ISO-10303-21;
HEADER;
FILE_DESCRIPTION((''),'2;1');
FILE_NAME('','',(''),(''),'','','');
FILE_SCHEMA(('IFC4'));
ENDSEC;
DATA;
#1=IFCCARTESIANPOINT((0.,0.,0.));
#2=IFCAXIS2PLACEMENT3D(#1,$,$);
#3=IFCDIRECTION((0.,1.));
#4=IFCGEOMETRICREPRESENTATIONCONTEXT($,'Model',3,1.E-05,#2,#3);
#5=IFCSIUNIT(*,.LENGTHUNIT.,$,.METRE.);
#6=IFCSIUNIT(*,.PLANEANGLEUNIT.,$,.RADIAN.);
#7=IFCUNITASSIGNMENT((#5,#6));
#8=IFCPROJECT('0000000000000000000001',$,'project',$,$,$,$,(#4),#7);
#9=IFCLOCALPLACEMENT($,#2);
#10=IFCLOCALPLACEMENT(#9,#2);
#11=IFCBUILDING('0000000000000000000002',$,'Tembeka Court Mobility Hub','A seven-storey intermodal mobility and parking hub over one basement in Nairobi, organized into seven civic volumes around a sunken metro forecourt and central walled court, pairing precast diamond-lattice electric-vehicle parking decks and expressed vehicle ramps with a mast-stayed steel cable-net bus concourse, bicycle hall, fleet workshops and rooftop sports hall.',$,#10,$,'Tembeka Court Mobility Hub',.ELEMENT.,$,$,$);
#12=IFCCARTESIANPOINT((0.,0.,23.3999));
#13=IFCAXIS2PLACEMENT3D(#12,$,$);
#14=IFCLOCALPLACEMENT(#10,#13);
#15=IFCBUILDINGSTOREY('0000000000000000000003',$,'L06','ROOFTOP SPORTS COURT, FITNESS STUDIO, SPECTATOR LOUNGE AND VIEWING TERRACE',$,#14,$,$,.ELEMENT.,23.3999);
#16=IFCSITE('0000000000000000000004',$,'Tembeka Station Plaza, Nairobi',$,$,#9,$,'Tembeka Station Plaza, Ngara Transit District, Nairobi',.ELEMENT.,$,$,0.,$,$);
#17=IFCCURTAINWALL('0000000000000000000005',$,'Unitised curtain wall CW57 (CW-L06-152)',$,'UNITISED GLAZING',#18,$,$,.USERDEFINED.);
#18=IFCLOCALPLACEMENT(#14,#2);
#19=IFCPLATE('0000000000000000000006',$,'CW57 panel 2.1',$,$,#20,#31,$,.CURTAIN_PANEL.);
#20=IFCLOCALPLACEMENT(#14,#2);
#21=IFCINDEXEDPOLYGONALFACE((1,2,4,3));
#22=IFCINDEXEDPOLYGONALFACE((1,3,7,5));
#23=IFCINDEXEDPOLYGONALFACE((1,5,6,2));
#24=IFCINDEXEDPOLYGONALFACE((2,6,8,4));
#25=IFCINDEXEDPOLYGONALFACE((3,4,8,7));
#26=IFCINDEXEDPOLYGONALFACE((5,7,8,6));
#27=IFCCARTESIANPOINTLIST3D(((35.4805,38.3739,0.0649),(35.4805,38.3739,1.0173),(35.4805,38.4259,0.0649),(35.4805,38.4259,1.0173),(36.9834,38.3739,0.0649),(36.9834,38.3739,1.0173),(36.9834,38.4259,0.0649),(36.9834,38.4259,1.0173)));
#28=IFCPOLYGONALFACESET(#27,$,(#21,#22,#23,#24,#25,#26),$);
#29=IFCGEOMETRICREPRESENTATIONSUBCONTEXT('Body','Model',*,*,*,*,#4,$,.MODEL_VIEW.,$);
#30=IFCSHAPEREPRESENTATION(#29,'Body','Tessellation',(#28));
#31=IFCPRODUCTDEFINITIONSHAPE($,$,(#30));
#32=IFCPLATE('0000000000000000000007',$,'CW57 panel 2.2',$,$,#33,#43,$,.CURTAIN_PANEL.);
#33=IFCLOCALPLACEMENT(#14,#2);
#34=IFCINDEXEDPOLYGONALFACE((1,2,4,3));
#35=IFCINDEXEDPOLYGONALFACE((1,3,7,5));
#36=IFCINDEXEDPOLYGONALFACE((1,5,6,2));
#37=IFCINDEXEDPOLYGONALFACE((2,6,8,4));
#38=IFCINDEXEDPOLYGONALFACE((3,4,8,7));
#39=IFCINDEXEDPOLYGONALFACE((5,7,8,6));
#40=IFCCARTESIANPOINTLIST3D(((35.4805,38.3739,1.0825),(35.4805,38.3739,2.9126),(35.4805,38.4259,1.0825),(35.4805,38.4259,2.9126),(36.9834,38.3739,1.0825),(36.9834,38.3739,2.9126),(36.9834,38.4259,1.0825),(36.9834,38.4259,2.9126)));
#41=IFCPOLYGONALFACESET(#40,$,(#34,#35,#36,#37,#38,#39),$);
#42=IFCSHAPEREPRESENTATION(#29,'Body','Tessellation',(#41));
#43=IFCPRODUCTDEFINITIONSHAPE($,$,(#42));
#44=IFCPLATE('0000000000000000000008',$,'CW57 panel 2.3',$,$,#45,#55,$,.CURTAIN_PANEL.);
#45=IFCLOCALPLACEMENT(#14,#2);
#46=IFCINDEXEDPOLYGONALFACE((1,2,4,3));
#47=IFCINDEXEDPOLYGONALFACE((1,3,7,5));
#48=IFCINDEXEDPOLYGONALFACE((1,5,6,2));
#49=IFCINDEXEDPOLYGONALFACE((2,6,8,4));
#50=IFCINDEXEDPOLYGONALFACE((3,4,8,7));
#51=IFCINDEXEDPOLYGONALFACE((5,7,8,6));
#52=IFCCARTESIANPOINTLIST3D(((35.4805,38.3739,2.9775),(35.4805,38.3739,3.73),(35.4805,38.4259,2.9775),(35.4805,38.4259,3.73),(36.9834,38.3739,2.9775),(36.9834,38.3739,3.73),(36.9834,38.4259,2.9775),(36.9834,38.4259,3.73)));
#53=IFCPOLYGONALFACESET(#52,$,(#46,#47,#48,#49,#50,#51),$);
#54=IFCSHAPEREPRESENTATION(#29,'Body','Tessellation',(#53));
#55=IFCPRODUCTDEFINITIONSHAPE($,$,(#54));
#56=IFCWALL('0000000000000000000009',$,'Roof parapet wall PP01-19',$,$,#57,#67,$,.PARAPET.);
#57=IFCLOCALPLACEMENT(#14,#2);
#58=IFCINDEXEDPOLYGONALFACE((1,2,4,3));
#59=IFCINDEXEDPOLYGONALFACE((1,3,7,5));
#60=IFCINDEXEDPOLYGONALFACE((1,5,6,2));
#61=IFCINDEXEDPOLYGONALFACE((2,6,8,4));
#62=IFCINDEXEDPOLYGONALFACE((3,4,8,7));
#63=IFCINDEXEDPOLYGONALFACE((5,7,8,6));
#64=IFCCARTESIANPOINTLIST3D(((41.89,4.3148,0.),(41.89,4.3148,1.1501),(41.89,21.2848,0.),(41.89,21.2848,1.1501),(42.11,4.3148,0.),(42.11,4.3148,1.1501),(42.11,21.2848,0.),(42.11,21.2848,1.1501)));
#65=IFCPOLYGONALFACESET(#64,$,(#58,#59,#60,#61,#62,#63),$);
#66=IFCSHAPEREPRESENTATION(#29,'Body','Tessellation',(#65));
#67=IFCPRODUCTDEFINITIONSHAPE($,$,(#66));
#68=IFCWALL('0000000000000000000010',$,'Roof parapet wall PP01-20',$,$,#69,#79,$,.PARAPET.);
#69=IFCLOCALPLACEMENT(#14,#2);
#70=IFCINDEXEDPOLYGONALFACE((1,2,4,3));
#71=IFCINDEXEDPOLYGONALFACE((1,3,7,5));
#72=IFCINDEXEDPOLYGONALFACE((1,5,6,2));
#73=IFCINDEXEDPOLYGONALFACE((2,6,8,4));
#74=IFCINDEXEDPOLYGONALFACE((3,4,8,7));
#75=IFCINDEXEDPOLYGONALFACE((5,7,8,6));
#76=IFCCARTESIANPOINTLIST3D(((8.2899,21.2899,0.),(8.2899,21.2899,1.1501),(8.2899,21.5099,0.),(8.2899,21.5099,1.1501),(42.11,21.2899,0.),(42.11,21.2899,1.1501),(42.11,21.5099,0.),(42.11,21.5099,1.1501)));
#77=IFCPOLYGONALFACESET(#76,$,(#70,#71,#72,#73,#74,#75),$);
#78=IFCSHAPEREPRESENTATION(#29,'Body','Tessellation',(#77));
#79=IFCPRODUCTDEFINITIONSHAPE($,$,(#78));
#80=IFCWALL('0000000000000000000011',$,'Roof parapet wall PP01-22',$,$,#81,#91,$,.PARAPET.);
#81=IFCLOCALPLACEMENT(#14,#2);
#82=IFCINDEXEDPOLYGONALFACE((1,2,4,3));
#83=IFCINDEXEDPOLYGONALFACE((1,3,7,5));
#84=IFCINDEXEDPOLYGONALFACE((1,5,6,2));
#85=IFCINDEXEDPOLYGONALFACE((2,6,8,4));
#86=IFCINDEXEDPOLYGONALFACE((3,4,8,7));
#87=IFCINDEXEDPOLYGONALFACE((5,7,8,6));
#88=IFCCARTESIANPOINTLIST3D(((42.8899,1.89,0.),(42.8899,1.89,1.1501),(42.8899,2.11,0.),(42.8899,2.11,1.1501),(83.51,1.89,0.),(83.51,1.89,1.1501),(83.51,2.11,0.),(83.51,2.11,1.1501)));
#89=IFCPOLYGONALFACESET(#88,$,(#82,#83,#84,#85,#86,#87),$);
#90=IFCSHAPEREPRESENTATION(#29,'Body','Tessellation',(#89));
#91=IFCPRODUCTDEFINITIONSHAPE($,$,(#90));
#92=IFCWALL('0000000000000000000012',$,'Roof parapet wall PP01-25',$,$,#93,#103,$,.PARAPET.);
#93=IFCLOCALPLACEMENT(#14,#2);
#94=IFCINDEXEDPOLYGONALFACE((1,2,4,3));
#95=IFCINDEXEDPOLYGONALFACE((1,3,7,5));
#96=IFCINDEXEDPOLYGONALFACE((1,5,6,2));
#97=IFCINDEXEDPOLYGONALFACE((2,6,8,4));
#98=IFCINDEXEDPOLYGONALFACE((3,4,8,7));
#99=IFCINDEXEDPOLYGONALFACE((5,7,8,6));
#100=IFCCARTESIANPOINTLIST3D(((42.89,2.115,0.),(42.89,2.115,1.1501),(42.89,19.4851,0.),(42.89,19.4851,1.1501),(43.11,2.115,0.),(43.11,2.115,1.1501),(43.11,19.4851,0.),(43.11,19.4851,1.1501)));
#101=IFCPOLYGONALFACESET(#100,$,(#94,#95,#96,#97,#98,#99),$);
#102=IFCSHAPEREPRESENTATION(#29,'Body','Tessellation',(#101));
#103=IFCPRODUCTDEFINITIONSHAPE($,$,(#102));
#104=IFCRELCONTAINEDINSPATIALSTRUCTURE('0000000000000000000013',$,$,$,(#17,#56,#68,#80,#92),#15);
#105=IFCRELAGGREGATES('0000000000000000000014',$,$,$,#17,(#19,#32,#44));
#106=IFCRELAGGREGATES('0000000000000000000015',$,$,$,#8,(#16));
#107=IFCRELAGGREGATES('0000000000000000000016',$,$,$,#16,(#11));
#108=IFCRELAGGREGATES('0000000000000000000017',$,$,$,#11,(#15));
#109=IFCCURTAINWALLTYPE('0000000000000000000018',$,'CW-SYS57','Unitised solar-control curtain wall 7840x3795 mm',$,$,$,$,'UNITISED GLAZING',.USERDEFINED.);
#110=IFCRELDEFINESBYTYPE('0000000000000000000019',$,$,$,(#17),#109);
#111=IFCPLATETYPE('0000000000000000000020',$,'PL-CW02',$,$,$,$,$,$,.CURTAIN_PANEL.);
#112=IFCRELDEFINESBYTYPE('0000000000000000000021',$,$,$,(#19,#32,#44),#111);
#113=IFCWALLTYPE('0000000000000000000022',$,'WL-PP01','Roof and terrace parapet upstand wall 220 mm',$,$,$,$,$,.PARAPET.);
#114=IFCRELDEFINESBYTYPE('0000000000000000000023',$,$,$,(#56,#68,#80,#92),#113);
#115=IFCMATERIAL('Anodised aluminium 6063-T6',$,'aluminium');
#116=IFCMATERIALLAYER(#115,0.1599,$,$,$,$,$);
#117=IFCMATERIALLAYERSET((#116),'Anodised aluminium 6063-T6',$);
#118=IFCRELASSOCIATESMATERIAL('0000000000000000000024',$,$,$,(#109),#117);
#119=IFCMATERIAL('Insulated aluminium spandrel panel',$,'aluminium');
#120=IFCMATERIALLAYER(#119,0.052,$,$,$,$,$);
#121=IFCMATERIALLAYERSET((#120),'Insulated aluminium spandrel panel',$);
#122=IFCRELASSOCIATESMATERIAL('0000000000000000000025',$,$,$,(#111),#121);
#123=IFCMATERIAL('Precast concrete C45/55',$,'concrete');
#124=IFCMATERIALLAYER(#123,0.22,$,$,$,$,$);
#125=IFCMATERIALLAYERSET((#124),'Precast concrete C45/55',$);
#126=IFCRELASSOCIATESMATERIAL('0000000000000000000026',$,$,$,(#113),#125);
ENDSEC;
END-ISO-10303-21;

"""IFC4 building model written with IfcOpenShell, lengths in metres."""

from ifc_helpers import new_model, si_unit, direction, frame, frame_2d, origin, origin_2d, place, context, subcontext, project, spatial, rectangle, extrude, material, layer, layer_set, type_object, element, aggregate, save


model = new_model("IFC4")

# Units and contexts
model_context = context("Model", 3, precision=1e-05, world=origin(), true_north=direction((0.0, 1.0)))
body_context = subcontext(model_context, "Body", "Model", "MODEL_VIEW")
ifc_project = project(units=[si_unit("LENGTHUNIT", "METRE"), si_unit("PLANEANGLEUNIT", "RADIAN")], contexts=[model_context])

# Site, building, storey
site_placement = place(None, origin())
site = spatial("IfcSite", under=ifc_project, at=site_placement, Name="Tembeka Station Plaza, Nairobi", LongName="Tembeka Station Plaza, Ngara Transit District, Nairobi", CompositionType="ELEMENT", RefElevation=0.0)
building_placement = place(site_placement, origin())
building = spatial("IfcBuilding", under=site, at=building_placement, Name="Tembeka Court Mobility Hub", Description="A seven-storey intermodal mobility and parking hub over one basement in Nairobi, organized into seven civic volumes around a sunken metro forecourt and central walled court, pairing precast diamond-lattice electric-vehicle parking decks and expressed vehicle ramps with a mast-stayed steel cable-net bus concourse, bicycle hall, fleet workshops and rooftop sports hall.", LongName="Tembeka Court Mobility Hub", CompositionType="ELEMENT")
storey_placement = place(building_placement, frame((0.0, 0.0, 23.3999)))
storey = spatial("IfcBuildingStorey", under=building, at=storey_placement, Name="L06", Description="ROOFTOP SPORTS COURT, FITNESS STUDIO, SPECTATOR LOUNGE AND VIEWING TERRACE", CompositionType="ELEMENT", Elevation=23.3999)

# Shared definitions
ifc_material_1 = material(Name="Precast concrete C45/55", Category="concrete")

# Curtain wall, plates
ifc_material_2 = material(Name="Anodised aluminium 6063-T6", Category="aluminium")
ifc_layer_1 = layer(ifc_material_2, 0.1599)
ifc_layer_set_1 = layer_set([ifc_layer_1], Name="Anodised aluminium 6063-T6")
curtain_wall_type = type_object("IfcCurtainWallType", Name="CW-SYS57", Description="Unitised solar-control curtain wall 7840x3795 mm", ElementType="UNITISED GLAZING", PredefinedType="USERDEFINED", material=ifc_layer_set_1)
curtain_wall_placement = place(storey_placement, origin())
curtain_wall = element("IfcCurtainWall", 1, at=curtain_wall_placement, inside=storey, type_object=curtain_wall_type, Name="Unitised curtain wall CW57 (CW-L06-152)", ObjectType="UNITISED GLAZING", PredefinedType="USERDEFINED")
ifc_material_3 = material(Name="Insulated aluminium spandrel panel", Category="aluminium")
ifc_layer_2 = layer(ifc_material_3, 0.052)
ifc_layer_set_2 = layer_set([ifc_layer_2], Name="Insulated aluminium spandrel panel")
plate_type = type_object("IfcPlateType", Name="PL-CW02", PredefinedType="CURTAIN_PANEL", material=ifc_layer_set_2)
plate_1_placement = place(storey_placement, frame((36.2319, 38.3999, 0.0649), z_axis=(0.0, 0.0, 1.0), x_axis=(1.0, 0.0, 0.0)))
plate_1 = element("IfcPlate", 2, at=plate_1_placement, type_object=plate_type, Name="CW57 panel 2.1", PredefinedType="CURTAIN_PANEL", context=body_context, shape_type="SweptSolid", body=[
    extrude(rectangle(XDim=1.5029, YDim=0.052, at=origin_2d()), origin(), (0.0, 0.0, 1.0), 0.9524),
])
plate_2_placement = place(storey_placement, frame((36.2319, 38.3999, 1.0825), z_axis=(0.0, 0.0, 1.0), x_axis=(1.0, 0.0, 0.0)))
plate_2 = element("IfcPlate", 3, at=plate_2_placement, type_object=plate_type, Name="CW57 panel 2.2", PredefinedType="CURTAIN_PANEL", context=body_context, shape_type="SweptSolid", body=[
    extrude(rectangle(XDim=1.5029, YDim=0.052, at=origin_2d()), origin(), (0.0, 0.0, 1.0), 1.8301),
])
plate_3_placement = place(storey_placement, frame((36.2319, 38.3999, 2.9775), z_axis=(0.0, 0.0, 1.0), x_axis=(1.0, 0.0, 0.0)))
plate_3 = element("IfcPlate", 4, at=plate_3_placement, type_object=plate_type, Name="CW57 panel 2.3", PredefinedType="CURTAIN_PANEL", context=body_context, shape_type="SweptSolid", body=[
    extrude(rectangle(XDim=1.5029, YDim=0.052, at=origin_2d()), origin(), (0.0, 0.0, 1.0), 0.7524),
])
aggregate(curtain_wall, [plate_1, plate_2, plate_3])

# Walls
ifc_layer_3 = layer(ifc_material_1, 0.22)
ifc_layer_set_3 = layer_set([ifc_layer_3], Name="Precast concrete C45/55")
wall_type = type_object("IfcWallType", Name="WL-PP01", Description="Roof and terrace parapet upstand wall 220 mm", PredefinedType="PARAPET", material=ifc_layer_set_3)
wall_1_placement = place(storey_placement, frame((42.0, 4.3149, 0.0), z_axis=(0.0, 0.0, 1.0), x_axis=(0.0, 1.0, 0.0)))
element("IfcWall", 5, at=wall_1_placement, inside=storey, type_object=wall_type, Name="Roof parapet wall PP01-19", PredefinedType="PARAPET", context=body_context, shape_type="SweptSolid", body=[
    extrude(rectangle(XDim=16.97, YDim=0.22, at=frame_2d((8.4849, 0.0))), origin(), (0.0, 0.0, 1.0), 1.1501),
])
wall_2_placement = place(storey_placement, frame((42.1101, 21.3999, 0.0), z_axis=(0.0, 0.0, 1.0), x_axis=(-1.0, 0.0, 0.0)))
element("IfcWall", 6, at=wall_2_placement, inside=storey, type_object=wall_type, Name="Roof parapet wall PP01-20", PredefinedType="PARAPET", context=body_context, shape_type="SweptSolid", body=[
    extrude(rectangle(XDim=33.8201, YDim=0.22, at=frame_2d((16.9102, 0.0))), origin(), (0.0, 0.0, 1.0), 1.1501),
])
wall_3_placement = place(storey_placement, frame((42.8899, 2.0, 0.0), z_axis=(0.0, 0.0, 1.0), x_axis=(1.0, 0.0, 0.0)))
element("IfcWall", 7, at=wall_3_placement, inside=storey, type_object=wall_type, Name="Roof parapet wall PP01-22", PredefinedType="PARAPET", context=body_context, shape_type="SweptSolid", body=[
    extrude(rectangle(XDim=40.6201, YDim=0.22, at=frame_2d((20.3101, 0.0))), origin(), (0.0, 0.0, 1.0), 1.1501),
])
wall_4_placement = place(storey_placement, frame((43.0, 19.4851, 0.0), z_axis=(0.0, 0.0, 1.0), x_axis=(0.0, -1.0, 0.0)))
element("IfcWall", 8, at=wall_4_placement, inside=storey, type_object=wall_type, Name="Roof parapet wall PP01-25", PredefinedType="PARAPET", context=body_context, shape_type="SweptSolid", body=[
    extrude(rectangle(XDim=17.3701, YDim=0.22, at=frame_2d((8.6851, 0.0))), origin(), (0.0, 0.0, 1.0), 1.1501),
])

save(model, "model.ifc")
